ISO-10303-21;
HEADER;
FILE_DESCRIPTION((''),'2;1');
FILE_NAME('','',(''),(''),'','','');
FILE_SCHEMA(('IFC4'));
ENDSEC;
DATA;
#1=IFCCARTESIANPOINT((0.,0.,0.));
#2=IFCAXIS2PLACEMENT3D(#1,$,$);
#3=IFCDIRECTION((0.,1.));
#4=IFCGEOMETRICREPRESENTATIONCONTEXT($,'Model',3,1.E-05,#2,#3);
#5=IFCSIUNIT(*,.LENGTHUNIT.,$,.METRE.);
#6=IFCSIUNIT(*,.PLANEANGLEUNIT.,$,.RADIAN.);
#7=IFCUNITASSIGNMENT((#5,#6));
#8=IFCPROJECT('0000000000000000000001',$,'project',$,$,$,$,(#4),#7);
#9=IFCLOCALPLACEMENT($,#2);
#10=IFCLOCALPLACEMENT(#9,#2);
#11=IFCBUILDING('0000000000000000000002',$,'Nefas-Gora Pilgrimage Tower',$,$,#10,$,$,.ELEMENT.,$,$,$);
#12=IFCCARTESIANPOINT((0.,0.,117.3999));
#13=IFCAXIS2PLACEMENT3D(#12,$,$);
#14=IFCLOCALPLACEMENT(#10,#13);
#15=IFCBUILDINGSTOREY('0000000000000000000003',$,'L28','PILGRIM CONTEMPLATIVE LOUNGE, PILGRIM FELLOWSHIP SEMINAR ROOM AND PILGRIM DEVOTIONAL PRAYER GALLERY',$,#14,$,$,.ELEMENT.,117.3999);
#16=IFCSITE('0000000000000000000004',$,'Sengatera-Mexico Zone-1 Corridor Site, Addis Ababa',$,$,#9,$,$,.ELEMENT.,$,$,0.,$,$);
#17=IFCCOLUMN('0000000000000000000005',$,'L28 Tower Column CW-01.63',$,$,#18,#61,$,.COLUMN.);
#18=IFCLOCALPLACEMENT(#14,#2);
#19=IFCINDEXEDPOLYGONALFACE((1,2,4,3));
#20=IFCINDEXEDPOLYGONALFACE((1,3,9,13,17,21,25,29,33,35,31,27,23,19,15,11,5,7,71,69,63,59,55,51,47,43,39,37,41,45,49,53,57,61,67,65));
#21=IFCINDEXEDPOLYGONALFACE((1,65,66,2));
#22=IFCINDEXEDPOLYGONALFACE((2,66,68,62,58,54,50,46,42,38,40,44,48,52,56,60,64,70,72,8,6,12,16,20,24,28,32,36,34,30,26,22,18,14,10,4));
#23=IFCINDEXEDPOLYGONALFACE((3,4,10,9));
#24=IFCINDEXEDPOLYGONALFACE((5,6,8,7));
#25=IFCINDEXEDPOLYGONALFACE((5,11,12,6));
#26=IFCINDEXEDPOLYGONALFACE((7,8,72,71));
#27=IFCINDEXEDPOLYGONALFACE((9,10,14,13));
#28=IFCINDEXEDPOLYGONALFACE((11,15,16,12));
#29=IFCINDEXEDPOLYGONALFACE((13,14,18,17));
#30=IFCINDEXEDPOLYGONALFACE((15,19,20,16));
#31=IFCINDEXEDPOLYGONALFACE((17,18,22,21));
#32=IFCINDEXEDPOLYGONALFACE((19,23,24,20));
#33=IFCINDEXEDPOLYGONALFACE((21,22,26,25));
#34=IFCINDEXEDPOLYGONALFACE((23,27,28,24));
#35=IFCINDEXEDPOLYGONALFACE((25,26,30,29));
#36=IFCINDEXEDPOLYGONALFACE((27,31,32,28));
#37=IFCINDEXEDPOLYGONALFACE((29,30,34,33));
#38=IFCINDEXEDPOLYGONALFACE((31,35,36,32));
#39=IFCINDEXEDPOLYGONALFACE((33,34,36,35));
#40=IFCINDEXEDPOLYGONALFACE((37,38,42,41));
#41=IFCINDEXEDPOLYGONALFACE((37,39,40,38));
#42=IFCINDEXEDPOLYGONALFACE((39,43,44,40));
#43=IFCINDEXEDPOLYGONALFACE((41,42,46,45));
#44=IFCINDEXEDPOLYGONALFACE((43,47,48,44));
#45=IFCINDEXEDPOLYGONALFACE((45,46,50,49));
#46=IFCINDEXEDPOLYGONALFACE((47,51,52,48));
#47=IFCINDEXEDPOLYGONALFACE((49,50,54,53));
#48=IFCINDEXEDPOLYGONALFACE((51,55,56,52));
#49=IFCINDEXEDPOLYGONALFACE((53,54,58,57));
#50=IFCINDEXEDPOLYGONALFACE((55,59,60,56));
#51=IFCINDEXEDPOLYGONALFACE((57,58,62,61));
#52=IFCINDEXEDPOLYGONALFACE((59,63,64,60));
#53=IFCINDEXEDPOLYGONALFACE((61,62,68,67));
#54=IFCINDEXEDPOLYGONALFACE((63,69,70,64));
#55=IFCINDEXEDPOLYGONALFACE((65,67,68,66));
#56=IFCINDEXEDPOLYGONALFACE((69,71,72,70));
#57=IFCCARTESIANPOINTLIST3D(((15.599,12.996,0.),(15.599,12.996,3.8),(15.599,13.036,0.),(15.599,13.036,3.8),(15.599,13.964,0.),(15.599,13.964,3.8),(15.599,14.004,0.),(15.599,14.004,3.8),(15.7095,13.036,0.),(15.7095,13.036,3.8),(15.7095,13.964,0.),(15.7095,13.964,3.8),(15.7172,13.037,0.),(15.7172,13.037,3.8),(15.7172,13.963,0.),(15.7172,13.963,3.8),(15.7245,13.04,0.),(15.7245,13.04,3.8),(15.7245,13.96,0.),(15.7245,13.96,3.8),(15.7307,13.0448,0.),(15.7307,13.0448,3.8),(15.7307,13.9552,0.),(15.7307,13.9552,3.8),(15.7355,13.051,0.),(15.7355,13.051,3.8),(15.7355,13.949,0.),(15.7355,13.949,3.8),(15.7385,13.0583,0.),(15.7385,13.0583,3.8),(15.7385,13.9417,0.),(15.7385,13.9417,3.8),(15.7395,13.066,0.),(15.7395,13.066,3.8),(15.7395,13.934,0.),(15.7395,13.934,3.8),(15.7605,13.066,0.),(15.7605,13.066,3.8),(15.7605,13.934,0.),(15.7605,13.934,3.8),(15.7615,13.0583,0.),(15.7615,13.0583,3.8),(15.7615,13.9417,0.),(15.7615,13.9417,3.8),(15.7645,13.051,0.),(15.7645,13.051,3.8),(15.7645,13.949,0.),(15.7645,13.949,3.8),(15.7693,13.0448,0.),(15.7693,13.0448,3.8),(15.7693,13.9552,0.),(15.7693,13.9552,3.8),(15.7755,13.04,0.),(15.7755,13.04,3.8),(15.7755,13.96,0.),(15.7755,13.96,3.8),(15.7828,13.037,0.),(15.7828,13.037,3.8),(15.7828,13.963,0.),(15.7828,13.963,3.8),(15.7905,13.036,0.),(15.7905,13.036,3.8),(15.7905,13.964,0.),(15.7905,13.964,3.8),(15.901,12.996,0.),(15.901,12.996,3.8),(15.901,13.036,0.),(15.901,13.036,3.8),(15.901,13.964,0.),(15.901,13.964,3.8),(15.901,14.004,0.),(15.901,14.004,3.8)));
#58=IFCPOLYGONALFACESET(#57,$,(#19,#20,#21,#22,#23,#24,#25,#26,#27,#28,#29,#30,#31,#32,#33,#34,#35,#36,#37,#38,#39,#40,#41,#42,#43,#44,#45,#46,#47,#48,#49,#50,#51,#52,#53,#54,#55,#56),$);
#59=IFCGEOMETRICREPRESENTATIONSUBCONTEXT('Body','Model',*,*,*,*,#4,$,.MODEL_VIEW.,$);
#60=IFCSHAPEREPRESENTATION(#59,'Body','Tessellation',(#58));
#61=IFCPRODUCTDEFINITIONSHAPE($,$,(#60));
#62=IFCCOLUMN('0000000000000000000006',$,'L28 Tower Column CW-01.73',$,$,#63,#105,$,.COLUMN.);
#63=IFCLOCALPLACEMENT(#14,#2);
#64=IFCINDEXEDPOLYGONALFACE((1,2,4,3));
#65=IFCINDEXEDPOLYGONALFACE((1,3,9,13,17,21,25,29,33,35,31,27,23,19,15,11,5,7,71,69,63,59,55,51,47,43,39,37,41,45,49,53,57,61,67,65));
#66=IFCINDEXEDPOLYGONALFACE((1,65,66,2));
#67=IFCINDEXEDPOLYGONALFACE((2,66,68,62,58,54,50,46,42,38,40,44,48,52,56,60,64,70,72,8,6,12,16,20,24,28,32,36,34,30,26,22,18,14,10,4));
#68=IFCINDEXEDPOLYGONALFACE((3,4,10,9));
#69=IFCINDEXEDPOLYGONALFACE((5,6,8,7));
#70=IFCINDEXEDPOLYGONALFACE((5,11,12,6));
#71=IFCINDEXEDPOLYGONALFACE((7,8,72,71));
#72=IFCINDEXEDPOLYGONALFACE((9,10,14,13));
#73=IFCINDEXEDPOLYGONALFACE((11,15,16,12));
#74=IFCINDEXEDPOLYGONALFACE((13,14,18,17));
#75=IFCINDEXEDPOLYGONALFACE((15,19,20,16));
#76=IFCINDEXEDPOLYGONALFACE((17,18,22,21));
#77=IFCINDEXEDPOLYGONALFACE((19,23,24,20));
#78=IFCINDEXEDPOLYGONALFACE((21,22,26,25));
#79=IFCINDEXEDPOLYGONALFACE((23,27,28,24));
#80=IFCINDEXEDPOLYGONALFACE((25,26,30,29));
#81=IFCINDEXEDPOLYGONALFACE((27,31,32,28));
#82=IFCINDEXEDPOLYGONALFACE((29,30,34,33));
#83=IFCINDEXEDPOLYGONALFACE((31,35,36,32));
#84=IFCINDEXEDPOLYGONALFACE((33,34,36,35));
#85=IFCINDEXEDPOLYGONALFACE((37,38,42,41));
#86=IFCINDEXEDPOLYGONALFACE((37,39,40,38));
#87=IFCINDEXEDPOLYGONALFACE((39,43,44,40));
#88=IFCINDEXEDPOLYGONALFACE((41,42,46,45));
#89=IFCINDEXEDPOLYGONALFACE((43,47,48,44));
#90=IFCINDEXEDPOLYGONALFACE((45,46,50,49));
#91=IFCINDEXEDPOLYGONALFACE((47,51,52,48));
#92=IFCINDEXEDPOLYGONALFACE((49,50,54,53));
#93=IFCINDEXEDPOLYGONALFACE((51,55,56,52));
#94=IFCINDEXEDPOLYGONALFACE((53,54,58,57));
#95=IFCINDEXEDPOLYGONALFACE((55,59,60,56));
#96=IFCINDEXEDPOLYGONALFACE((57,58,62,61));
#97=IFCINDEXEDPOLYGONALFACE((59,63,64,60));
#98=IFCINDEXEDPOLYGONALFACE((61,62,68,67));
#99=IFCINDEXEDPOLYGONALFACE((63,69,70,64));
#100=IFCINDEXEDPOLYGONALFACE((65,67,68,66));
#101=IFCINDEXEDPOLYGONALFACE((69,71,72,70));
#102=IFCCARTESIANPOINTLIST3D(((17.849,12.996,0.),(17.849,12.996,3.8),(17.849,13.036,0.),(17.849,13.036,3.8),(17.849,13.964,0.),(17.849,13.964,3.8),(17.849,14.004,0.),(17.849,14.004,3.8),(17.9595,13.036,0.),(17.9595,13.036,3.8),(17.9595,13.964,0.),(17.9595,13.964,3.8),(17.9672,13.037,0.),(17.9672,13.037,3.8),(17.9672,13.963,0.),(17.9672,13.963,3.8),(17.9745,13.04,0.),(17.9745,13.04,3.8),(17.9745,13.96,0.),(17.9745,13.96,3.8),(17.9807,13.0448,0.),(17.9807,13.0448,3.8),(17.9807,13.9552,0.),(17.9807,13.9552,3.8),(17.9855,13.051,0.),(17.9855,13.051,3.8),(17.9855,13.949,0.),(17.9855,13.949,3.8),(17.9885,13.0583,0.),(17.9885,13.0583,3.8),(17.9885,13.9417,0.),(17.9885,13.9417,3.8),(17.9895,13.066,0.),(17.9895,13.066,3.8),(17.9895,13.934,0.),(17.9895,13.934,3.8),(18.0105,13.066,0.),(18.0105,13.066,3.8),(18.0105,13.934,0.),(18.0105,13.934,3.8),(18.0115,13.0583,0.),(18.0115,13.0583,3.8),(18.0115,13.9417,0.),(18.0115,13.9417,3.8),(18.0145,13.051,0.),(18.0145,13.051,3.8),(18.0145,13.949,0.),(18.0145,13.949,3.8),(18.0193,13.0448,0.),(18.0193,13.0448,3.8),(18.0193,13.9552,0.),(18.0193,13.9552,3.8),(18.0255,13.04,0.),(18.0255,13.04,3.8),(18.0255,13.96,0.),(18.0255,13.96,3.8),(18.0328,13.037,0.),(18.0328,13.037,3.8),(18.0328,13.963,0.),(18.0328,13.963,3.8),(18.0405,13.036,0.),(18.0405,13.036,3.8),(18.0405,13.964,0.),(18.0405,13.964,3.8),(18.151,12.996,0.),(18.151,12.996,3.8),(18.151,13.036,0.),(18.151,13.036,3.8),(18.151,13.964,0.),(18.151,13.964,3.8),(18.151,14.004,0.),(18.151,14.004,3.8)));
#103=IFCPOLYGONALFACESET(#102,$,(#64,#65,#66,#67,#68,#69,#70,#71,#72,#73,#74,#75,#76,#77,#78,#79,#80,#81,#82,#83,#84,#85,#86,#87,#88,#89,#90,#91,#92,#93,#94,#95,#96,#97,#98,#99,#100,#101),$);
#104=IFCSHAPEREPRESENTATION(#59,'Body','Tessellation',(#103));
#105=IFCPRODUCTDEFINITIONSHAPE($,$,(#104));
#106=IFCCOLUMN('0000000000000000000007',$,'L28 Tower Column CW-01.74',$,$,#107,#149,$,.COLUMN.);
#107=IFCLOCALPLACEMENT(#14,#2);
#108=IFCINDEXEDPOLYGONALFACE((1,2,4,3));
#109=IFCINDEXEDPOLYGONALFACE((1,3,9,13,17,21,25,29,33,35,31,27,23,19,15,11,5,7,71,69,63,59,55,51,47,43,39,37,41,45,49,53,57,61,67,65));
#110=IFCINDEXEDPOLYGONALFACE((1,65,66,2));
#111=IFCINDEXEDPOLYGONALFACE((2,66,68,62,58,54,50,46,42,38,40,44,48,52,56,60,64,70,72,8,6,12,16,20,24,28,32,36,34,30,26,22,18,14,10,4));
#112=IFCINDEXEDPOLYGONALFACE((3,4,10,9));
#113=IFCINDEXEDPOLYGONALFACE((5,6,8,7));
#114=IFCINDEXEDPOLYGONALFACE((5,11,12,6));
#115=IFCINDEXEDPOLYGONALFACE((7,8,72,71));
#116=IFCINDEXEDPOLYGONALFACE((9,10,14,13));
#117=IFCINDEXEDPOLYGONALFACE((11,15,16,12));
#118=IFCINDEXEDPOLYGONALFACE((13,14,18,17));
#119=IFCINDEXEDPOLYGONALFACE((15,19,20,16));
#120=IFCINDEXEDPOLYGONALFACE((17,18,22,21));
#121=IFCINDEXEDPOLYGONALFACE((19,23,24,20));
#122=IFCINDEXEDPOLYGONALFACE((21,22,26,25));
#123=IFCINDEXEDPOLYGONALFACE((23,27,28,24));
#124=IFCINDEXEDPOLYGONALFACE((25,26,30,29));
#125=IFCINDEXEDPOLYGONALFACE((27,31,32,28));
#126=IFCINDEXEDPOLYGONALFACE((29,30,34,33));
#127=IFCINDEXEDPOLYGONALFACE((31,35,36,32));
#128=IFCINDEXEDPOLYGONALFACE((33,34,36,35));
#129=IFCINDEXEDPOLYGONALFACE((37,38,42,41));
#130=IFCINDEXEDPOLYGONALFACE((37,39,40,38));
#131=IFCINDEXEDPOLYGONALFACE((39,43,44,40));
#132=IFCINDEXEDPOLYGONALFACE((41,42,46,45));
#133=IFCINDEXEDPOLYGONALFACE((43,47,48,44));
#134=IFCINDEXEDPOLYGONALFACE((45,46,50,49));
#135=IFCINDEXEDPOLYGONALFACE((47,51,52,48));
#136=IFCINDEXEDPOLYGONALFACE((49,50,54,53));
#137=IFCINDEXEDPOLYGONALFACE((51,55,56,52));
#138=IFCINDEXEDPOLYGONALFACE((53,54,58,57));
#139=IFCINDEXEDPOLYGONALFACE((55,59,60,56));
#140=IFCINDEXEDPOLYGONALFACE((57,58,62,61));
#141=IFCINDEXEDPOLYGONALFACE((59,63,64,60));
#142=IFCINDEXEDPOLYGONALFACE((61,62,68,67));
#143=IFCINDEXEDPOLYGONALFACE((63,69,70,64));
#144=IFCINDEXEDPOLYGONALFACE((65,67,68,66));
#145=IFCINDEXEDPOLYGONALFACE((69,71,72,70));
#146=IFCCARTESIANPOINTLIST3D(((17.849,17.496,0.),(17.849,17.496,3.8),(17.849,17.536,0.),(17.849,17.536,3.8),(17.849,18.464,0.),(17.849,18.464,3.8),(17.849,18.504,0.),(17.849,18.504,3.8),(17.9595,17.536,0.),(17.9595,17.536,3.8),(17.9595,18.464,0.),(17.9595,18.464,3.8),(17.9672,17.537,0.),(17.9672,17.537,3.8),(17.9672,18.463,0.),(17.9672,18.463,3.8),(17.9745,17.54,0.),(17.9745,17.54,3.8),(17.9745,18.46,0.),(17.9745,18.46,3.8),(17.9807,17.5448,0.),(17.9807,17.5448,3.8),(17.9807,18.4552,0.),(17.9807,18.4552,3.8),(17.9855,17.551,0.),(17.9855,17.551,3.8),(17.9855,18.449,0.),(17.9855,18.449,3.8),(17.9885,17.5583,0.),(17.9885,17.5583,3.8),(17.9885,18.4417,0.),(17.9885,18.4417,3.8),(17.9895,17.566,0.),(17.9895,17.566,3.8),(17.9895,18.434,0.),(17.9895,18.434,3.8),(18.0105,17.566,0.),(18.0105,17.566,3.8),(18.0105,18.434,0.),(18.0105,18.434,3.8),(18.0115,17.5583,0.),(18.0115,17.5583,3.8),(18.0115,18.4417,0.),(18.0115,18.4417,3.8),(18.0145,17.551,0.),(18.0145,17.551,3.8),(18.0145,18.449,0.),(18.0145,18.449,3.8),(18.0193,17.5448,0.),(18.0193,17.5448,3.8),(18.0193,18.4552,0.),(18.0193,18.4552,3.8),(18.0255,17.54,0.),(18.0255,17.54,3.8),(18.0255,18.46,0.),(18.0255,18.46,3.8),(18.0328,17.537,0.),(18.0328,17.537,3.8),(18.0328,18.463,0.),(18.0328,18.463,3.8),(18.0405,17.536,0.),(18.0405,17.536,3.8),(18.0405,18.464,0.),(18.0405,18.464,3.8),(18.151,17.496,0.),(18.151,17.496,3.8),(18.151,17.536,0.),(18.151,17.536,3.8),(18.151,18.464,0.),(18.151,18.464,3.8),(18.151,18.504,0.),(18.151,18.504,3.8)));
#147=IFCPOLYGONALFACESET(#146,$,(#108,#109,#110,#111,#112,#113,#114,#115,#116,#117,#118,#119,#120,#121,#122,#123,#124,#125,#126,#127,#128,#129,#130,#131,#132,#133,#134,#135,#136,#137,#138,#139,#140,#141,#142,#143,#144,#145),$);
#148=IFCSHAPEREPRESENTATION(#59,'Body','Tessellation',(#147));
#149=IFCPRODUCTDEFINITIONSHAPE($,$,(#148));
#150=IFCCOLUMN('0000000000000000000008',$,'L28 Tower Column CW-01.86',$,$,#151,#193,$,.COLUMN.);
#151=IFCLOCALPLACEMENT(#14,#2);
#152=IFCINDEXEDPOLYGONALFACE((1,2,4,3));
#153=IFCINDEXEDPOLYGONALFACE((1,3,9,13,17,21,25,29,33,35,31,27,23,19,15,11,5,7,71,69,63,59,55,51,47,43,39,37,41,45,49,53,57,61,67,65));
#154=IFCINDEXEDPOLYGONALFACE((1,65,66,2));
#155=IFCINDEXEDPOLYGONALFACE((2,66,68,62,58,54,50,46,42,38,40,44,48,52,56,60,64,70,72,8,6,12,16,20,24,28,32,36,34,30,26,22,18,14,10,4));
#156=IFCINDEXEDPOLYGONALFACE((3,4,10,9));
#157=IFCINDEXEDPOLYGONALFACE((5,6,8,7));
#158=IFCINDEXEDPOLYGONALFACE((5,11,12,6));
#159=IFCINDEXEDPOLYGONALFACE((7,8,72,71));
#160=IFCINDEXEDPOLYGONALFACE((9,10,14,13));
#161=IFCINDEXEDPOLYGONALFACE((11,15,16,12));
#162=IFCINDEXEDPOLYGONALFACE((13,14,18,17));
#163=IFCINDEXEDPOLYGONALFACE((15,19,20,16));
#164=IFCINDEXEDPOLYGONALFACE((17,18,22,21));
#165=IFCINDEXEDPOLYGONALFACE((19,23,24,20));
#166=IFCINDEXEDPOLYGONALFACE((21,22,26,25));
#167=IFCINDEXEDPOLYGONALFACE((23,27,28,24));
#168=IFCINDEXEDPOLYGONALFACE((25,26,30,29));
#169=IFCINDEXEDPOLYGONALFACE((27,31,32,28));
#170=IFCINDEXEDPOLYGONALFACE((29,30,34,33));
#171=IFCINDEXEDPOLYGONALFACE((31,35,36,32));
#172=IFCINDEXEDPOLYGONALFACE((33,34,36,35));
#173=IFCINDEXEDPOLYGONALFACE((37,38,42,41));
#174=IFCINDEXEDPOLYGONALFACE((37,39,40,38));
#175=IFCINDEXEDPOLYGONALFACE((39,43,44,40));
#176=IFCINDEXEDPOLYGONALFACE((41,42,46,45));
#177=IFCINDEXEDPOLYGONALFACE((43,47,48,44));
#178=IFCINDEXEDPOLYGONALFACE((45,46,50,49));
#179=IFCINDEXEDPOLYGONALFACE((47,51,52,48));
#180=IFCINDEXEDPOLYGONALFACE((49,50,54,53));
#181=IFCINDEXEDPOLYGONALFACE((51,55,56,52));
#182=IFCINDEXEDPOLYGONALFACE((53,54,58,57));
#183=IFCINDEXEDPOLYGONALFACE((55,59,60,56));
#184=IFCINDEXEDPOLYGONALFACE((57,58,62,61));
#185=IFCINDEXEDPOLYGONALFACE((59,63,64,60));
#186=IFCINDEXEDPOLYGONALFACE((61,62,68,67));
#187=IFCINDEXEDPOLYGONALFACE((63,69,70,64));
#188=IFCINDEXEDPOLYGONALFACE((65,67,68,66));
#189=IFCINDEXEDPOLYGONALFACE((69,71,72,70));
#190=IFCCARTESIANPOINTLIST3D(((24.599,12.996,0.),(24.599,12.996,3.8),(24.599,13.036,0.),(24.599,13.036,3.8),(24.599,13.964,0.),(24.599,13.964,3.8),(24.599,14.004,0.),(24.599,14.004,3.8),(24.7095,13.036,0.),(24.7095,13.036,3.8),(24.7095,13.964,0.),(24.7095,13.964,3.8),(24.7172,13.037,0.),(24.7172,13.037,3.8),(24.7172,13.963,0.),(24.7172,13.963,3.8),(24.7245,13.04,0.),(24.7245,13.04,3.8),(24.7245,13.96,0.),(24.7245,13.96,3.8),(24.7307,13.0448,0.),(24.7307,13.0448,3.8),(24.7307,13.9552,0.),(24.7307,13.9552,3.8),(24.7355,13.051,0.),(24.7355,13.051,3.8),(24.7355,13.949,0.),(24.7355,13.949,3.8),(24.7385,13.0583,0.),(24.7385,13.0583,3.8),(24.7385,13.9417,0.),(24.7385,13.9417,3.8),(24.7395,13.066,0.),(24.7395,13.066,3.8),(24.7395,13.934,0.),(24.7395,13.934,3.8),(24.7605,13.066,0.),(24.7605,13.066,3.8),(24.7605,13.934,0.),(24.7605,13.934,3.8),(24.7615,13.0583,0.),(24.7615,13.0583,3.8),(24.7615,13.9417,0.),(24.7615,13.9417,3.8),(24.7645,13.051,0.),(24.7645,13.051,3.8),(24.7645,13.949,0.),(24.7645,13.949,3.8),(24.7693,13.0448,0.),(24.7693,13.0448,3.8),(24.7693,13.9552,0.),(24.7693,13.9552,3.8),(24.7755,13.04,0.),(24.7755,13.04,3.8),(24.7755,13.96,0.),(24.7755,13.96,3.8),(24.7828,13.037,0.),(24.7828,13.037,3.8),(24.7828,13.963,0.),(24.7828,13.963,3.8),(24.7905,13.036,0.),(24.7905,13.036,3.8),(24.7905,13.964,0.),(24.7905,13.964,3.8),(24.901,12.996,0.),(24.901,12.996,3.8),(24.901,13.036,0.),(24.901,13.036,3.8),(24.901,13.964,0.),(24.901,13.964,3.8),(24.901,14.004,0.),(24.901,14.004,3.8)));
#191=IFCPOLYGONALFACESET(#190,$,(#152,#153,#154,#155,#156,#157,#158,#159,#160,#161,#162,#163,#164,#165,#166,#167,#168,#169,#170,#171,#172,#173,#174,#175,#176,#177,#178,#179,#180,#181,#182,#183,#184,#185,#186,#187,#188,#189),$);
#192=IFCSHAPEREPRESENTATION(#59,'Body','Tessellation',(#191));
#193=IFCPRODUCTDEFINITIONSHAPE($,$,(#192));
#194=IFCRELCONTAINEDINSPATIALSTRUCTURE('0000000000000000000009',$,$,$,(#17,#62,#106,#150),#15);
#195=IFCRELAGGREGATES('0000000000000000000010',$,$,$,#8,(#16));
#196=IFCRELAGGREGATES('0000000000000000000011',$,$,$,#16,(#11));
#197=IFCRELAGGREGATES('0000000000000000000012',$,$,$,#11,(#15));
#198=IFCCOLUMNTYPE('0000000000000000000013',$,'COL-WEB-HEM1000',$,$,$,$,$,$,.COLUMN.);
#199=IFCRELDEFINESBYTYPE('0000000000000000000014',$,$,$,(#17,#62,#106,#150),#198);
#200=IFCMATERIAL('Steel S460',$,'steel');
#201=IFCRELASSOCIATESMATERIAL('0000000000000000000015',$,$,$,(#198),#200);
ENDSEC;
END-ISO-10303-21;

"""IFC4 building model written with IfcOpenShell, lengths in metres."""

from ifc_helpers import new_model, si_unit, direction, frame, origin, origin_2d, place, context, subcontext, project, spatial, i_section, extrude, source, transform, mapped, material, material_profile, profile_set, type_object, element, save


model = new_model("IFC4")

# Units and contexts
model_context = context("Model", 3, precision=1e-05, world=origin(), true_north=direction((0.0, 1.0)))
body_context = subcontext(model_context, "Body", "Model", "MODEL_VIEW")
ifc_project = project(units=[si_unit("LENGTHUNIT", "METRE"), si_unit("PLANEANGLEUNIT", "RADIAN")], contexts=[model_context])

# Site, building, storey
site_placement = place(None, origin())
site = spatial("IfcSite", under=ifc_project, at=site_placement, Name="Sengatera-Mexico Zone-1 Corridor Site, Addis Ababa", CompositionType="ELEMENT", RefElevation=0.0)
building_placement = place(site_placement, origin())
building = spatial("IfcBuilding", under=site, at=building_placement, Name="Nefas-Gora Pilgrimage Tower", CompositionType="ELEMENT")
storey_placement = place(building_placement, frame((0.0, 0.0, 117.3999)))
storey = spatial("IfcBuildingStorey", under=building, at=storey_placement, Name="L28", Description="PILGRIM CONTEMPLATIVE LOUNGE, PILGRIM FELLOWSHIP SEMINAR ROOM AND PILGRIM DEVOTIONAL PRAYER GALLERY", CompositionType="ELEMENT", Elevation=117.3999)

# Columns
ifc_material_1 = material(Name="Steel S460", Category="steel")
ifc_material_profile_1 = material_profile(ifc_material_1, i_section(OverallWidth=0.302, OverallDepth=1.0081, WebThickness=0.021, FlangeThickness=0.04, FilletRadius=0.03, at=origin_2d()), Name="HEM 1000")
ifc_profile_set_1 = profile_set([ifc_material_profile_1], Name="Steel S460")
column_type_1 = type_object("IfcColumnType", Name="COL-WEB-HEM1000", PredefinedType="COLUMN", material=ifc_profile_set_1)
shared_shape_1 = source(origin(), body_context, "Body", "SweptSolid", [
    extrude(i_section(OverallWidth=0.302, OverallDepth=1.0081, WebThickness=0.021, FlangeThickness=0.04, FilletRadius=0.03, at=origin_2d()), origin(), (0.0, 0.0, 1.0), 3.8),
])
for number, where, z_axis, x_axis, name in (
    (1, (15.75, 13.5, 0.0), (0.0, 0.0, 1.0), (1.0, 0.0, 0.0), "L28 Tower Column CW-01.63"),
    (2, (18.0, 13.5, 0.0), (0.0, 0.0, 1.0), (1.0, 0.0, 0.0), "L28 Tower Column CW-01.73"),
    (3, (18.0, 18.0, 0.0), (0.0, 0.0, 1.0), (1.0, 0.0, 0.0), "L28 Tower Column CW-01.74"),
    (4, (24.75, 13.5, 0.0), (0.0, 0.0, 1.0), (1.0, 0.0, 0.0), "L28 Tower Column CW-01.86"),
):
    element("IfcColumn", number, at=place(storey_placement, frame(where, z_axis=z_axis, x_axis=x_axis)), inside=storey, type_object=column_type_1, Name=name, PredefinedType="COLUMN", context=body_context, shape_type="MappedRepresentation", body=[
        mapped(shared_shape_1, transform((0.0, 0.0, 0.0), x_axis=(1.0, 0.0, 0.0), y_axis=(0.0, 1.0, 0.0), z_axis=(0.0, 0.0, 1.0), scale=1.0)),
    ])

save(model, "model.ifc")
